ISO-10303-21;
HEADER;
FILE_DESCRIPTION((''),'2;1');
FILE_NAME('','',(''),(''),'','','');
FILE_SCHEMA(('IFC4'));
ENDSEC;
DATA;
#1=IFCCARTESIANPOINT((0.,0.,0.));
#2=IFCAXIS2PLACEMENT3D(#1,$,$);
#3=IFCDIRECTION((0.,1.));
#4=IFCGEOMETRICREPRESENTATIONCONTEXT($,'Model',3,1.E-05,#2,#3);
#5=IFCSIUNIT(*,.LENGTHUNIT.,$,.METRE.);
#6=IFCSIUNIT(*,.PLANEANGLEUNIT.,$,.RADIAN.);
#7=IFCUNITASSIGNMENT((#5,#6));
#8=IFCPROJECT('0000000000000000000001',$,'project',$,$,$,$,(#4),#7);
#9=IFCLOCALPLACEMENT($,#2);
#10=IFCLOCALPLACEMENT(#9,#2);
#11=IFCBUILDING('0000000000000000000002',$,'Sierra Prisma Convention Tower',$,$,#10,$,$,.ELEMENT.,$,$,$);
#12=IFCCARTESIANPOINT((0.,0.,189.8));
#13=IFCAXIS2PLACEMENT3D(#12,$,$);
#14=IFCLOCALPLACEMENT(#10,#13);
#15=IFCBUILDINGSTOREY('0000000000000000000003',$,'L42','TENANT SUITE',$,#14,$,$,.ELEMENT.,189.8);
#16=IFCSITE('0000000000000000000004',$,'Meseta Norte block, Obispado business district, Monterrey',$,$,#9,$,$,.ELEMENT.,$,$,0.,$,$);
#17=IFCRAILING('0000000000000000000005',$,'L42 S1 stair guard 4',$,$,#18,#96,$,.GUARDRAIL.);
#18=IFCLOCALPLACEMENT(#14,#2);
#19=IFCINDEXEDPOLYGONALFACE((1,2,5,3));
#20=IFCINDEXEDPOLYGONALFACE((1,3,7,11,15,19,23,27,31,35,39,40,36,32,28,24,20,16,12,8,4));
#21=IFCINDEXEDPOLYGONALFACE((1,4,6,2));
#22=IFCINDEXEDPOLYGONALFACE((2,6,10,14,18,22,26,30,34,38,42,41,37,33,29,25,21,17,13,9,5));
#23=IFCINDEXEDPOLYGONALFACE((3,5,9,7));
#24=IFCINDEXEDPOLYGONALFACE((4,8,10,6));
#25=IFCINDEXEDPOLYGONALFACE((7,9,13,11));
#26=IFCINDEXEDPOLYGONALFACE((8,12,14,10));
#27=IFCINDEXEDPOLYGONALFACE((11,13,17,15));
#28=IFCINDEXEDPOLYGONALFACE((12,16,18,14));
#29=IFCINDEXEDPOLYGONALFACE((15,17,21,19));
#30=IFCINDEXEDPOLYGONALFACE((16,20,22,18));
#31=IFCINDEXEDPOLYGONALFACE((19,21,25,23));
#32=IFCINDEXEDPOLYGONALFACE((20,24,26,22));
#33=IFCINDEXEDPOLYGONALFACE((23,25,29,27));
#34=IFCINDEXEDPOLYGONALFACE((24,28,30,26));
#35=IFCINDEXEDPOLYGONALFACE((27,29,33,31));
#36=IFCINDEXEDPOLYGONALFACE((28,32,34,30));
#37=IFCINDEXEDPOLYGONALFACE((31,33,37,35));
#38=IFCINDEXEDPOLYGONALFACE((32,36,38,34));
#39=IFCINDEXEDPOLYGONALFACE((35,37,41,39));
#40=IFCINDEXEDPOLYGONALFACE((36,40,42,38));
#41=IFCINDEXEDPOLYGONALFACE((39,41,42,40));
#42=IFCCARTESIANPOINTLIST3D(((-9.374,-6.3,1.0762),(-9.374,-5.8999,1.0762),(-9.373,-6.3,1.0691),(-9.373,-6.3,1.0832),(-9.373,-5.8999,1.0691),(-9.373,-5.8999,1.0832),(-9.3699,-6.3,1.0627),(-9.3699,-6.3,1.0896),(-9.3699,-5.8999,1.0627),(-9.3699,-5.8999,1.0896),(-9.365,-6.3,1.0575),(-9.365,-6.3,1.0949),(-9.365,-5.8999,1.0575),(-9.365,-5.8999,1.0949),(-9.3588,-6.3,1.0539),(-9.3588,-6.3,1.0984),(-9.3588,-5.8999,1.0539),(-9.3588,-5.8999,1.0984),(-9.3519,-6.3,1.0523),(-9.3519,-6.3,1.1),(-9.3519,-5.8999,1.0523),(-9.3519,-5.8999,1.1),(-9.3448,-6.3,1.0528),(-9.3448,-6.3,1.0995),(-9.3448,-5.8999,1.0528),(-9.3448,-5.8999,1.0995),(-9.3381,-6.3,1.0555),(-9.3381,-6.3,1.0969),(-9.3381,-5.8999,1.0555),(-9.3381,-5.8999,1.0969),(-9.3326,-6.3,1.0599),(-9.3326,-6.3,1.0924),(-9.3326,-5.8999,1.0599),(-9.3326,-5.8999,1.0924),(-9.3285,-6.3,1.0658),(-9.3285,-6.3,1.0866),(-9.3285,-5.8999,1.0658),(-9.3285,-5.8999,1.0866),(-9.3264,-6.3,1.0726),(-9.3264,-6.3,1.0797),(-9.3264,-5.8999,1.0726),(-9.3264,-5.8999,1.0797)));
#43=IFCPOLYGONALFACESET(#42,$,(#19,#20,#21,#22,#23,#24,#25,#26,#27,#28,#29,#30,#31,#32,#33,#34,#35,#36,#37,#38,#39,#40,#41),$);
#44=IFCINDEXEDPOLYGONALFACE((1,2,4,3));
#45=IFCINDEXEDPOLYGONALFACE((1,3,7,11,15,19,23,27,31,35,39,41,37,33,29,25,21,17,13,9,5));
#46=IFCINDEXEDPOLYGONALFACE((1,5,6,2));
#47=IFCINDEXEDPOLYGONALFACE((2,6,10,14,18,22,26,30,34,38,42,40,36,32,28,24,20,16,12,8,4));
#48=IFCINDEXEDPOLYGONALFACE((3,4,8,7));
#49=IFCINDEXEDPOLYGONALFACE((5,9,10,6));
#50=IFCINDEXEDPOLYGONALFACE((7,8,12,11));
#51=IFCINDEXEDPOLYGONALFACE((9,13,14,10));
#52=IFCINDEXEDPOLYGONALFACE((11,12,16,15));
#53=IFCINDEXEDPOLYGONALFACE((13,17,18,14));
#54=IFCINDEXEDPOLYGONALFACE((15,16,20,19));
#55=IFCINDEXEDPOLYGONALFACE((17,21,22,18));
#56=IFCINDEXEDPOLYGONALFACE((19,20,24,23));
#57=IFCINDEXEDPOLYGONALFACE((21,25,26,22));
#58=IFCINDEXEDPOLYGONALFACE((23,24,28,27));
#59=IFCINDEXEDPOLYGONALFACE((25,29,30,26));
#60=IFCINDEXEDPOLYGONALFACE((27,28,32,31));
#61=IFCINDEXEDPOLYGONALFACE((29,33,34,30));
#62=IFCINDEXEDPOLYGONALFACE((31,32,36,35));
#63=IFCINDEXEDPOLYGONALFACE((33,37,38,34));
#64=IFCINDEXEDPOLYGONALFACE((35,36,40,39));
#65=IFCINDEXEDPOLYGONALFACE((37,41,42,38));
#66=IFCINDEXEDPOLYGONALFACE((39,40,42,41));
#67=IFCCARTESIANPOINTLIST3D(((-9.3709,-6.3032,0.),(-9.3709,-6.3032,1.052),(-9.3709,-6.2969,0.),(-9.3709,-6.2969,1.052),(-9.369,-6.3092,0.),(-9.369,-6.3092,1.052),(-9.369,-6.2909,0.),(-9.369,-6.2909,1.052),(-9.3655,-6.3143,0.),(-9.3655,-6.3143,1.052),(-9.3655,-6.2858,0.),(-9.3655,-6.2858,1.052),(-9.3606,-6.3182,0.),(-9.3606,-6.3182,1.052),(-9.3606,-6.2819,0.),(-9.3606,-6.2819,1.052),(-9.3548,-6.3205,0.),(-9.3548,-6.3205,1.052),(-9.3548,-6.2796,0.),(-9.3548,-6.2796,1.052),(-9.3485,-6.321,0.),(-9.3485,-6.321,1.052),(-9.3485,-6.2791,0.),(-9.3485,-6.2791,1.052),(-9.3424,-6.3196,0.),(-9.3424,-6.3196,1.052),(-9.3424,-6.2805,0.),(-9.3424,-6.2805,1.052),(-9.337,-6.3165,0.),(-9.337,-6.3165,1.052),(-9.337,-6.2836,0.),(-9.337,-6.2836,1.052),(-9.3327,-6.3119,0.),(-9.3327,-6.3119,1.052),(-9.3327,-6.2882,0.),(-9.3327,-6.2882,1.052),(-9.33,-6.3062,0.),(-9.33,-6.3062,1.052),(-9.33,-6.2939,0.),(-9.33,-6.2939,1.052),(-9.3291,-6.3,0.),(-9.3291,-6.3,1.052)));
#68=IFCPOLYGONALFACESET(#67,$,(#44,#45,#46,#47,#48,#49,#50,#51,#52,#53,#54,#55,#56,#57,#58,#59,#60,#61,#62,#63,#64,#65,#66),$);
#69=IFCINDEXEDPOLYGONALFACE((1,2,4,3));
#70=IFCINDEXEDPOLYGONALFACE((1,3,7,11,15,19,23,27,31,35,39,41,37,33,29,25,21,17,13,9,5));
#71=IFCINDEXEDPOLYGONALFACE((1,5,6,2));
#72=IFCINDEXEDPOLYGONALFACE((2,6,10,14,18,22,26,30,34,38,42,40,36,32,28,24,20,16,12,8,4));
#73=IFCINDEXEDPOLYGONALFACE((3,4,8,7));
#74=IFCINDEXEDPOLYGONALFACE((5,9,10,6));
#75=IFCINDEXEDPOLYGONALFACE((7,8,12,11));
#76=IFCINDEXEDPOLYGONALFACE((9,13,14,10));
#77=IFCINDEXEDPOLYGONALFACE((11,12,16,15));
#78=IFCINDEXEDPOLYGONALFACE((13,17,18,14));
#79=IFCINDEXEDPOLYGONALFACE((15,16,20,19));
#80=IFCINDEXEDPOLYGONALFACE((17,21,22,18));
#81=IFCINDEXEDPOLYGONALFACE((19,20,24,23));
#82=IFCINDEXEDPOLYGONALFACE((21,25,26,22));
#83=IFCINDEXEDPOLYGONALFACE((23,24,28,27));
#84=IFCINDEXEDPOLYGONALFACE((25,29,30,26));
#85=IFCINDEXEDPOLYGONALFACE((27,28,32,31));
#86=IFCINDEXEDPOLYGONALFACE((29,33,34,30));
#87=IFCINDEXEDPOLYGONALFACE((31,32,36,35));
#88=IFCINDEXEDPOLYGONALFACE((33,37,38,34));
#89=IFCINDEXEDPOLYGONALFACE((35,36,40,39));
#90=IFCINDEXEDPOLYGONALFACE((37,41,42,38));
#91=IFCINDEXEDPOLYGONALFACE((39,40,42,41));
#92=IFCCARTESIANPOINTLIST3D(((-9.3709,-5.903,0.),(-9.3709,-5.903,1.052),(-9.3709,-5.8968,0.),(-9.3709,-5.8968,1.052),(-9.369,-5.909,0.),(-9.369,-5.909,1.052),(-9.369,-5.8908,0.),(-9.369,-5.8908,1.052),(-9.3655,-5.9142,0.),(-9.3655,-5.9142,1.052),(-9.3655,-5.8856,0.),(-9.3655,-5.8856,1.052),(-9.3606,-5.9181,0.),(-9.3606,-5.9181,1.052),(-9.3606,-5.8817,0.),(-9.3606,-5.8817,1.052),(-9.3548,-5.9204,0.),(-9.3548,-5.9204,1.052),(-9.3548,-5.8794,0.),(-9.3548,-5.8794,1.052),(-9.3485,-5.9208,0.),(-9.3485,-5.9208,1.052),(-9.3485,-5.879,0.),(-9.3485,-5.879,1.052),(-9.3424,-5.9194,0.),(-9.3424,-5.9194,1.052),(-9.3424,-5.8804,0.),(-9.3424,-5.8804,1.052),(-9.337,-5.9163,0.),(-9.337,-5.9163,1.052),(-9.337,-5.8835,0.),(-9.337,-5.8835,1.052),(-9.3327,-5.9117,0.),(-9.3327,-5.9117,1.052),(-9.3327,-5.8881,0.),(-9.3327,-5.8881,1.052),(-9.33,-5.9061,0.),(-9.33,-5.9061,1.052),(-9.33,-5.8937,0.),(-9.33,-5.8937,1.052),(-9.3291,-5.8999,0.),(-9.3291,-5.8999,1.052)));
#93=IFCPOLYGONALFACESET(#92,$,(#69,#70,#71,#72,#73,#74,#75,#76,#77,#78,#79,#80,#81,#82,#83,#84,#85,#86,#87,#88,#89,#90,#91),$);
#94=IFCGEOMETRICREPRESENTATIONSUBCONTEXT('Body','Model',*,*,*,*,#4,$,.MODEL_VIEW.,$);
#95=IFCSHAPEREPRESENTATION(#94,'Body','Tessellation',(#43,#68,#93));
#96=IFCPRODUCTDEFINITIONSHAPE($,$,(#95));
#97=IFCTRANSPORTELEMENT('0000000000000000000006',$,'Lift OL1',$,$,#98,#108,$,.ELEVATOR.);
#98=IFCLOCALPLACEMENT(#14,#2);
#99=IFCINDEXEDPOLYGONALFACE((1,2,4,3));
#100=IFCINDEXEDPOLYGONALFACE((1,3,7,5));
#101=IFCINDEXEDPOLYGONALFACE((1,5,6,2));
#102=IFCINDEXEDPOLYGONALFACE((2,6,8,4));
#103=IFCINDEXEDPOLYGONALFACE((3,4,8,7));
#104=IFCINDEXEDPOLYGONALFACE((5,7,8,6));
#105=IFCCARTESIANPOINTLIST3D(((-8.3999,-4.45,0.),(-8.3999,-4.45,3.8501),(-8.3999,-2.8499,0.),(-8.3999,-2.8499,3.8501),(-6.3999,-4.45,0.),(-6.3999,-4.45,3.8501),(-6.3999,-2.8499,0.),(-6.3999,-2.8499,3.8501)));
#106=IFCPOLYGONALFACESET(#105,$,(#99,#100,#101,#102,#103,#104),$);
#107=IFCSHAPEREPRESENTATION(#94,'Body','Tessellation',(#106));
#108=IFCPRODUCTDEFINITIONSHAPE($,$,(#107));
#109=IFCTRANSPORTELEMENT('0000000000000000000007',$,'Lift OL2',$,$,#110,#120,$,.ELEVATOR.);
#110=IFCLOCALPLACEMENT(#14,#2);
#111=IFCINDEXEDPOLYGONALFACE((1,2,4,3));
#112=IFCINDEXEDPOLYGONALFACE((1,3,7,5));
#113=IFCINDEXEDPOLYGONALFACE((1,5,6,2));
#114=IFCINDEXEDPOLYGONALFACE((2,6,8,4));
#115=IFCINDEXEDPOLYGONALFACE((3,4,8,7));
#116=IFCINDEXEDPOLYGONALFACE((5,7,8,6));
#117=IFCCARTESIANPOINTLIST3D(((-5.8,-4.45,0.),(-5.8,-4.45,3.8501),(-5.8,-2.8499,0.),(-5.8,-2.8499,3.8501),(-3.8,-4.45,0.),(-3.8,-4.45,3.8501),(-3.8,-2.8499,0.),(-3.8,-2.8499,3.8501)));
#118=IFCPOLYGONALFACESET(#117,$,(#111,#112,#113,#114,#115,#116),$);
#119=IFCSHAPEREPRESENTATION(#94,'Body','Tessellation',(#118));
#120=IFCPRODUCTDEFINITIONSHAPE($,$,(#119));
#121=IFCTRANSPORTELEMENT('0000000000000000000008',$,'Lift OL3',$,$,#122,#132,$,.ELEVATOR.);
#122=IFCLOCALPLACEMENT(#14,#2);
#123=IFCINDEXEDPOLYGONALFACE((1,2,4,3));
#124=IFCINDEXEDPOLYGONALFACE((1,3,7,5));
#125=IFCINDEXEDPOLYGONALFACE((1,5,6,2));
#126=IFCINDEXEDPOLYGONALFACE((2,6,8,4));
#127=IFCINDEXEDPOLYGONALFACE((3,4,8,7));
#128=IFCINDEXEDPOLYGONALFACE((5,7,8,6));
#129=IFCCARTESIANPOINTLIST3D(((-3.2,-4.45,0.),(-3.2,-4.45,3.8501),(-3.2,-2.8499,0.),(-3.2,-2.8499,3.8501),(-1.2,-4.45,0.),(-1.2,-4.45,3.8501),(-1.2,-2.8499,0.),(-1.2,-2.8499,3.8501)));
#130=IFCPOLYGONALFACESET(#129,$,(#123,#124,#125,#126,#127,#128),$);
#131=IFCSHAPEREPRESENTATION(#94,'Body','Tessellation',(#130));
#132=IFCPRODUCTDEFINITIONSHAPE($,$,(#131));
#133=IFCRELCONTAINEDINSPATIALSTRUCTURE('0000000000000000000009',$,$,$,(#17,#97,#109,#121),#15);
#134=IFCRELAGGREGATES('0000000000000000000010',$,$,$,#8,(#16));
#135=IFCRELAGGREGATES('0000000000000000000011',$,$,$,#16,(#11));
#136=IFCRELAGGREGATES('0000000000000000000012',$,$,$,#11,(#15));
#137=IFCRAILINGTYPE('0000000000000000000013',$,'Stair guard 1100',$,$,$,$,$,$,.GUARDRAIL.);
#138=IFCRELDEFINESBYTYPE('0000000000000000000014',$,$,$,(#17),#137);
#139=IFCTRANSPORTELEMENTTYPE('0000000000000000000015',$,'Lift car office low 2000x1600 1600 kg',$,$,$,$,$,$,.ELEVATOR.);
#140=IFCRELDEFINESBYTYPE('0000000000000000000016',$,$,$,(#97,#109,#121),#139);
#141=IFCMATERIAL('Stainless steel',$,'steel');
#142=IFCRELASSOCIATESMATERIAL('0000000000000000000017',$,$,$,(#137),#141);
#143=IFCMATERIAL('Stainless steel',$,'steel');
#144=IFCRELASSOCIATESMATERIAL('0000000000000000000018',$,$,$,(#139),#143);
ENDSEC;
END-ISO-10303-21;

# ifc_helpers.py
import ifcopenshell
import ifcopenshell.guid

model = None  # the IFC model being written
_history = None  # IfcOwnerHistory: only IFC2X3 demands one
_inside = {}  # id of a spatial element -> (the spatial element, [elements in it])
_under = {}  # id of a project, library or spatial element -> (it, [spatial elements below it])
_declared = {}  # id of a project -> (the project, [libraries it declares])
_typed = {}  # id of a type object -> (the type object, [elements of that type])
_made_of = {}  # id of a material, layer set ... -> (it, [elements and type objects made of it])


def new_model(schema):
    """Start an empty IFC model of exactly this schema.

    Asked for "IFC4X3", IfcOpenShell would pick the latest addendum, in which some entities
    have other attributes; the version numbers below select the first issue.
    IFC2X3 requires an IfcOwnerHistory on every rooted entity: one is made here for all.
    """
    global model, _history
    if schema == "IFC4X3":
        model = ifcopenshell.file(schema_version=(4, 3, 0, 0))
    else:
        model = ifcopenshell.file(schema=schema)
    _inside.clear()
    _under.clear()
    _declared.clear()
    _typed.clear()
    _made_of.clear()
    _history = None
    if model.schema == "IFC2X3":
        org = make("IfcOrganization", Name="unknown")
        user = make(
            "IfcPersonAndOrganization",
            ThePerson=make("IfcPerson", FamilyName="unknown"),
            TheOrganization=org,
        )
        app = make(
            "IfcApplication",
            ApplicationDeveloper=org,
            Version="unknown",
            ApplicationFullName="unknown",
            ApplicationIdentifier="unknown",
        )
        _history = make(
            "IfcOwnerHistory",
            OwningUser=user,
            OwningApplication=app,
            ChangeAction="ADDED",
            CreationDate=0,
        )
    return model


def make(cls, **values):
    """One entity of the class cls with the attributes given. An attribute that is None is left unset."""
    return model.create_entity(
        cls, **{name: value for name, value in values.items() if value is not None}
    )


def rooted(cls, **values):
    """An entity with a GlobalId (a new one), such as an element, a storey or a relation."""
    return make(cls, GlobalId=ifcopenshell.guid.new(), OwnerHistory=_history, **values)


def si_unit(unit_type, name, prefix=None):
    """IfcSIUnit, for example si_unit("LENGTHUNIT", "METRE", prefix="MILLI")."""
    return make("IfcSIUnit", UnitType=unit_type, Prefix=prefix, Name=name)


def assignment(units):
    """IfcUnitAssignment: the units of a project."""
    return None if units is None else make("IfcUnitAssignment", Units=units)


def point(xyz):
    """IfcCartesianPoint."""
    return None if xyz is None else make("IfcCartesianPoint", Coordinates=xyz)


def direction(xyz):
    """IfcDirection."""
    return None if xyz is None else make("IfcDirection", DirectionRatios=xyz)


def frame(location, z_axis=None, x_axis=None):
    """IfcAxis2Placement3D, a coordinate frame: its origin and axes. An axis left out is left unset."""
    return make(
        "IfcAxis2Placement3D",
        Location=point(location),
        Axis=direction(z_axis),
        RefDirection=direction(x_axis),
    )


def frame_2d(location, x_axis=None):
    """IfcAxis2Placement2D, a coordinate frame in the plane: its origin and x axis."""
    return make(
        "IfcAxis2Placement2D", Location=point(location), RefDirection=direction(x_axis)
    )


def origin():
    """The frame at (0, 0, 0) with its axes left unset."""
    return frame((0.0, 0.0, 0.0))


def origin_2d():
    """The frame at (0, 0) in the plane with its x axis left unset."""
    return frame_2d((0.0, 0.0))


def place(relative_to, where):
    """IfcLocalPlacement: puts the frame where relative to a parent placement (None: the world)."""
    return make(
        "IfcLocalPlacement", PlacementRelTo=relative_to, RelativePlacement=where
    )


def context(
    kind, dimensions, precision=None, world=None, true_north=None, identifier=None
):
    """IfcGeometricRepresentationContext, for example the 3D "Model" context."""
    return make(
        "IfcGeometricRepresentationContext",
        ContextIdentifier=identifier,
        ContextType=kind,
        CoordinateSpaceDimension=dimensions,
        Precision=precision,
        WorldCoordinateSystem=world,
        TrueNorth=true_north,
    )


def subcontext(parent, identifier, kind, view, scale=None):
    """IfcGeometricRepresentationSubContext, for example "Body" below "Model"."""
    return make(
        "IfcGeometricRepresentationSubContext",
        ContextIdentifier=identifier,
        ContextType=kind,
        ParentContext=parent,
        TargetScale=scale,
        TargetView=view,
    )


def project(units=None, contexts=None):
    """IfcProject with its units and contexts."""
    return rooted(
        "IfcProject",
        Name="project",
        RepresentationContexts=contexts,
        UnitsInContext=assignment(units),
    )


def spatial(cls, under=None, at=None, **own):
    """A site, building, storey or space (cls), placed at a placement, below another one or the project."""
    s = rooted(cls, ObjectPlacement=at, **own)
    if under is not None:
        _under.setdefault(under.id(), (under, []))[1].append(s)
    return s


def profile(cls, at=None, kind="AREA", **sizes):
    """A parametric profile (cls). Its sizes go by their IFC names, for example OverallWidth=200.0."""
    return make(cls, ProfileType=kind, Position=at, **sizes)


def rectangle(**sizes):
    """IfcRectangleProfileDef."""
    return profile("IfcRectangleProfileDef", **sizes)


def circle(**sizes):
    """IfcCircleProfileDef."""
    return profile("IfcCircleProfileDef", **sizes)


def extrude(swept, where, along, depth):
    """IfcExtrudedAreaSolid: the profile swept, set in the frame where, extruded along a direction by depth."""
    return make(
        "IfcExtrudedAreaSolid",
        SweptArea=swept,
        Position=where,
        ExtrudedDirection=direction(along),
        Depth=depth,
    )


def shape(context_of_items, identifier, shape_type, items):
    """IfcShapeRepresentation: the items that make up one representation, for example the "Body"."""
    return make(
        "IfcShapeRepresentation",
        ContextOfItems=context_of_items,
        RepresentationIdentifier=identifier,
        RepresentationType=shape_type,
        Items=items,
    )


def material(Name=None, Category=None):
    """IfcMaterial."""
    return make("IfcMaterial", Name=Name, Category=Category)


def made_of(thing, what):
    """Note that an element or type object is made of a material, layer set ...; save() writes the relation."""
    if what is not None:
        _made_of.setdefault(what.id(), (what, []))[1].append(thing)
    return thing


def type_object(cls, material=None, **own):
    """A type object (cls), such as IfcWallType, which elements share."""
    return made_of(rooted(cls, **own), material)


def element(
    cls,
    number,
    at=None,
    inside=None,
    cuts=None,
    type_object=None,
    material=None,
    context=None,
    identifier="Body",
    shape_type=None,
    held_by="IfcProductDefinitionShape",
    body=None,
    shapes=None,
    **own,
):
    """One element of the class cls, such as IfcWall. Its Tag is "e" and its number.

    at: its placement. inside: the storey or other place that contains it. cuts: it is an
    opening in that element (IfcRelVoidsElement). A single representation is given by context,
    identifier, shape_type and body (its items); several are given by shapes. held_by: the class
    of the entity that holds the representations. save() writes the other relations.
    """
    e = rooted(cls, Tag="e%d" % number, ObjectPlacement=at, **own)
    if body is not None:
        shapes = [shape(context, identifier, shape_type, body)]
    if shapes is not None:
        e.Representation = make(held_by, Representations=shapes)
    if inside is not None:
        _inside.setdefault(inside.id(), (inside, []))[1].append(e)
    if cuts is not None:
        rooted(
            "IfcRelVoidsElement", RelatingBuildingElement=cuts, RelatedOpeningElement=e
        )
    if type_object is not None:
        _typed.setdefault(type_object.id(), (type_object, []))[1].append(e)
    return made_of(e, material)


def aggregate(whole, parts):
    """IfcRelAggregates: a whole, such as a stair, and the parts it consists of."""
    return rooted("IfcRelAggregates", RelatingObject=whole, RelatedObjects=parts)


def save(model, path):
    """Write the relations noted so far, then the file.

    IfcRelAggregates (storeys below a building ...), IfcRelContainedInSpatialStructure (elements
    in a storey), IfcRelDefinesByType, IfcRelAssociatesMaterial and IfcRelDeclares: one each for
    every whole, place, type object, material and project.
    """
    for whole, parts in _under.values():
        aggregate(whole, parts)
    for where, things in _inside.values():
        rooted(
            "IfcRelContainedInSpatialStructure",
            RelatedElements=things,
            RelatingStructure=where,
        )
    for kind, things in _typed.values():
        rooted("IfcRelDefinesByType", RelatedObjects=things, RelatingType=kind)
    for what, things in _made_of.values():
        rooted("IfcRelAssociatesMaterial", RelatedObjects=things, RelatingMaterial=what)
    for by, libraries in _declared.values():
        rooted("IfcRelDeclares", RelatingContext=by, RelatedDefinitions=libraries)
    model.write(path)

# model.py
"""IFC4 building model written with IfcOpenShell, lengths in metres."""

from ifc_helpers import new_model, si_unit, direction, frame, origin, origin_2d, place, context, subcontext, project, spatial, rectangle, circle, extrude, material, type_object, element, save


model = new_model("IFC4")

# Units and contexts
model_context = context("Model", 3, precision=1e-05, world=origin(), true_north=direction((0.0, 1.0)))
body_context = subcontext(model_context, "Body", "Model", "MODEL_VIEW")
ifc_project = project(units=[si_unit("LENGTHUNIT", "METRE"), si_unit("PLANEANGLEUNIT", "RADIAN")], contexts=[model_context])

# Site, building, storey
site_placement = place(None, origin())
site = spatial("IfcSite", under=ifc_project, at=site_placement, Name="Meseta Norte block, Obispado business district, Monterrey", CompositionType="ELEMENT", RefElevation=0.0)
building_placement = place(site_placement, origin())
building = spatial("IfcBuilding", under=site, at=building_placement, Name="Sierra Prisma Convention Tower", CompositionType="ELEMENT")
storey_placement = place(building_placement, frame((0.0, 0.0, 189.8)))
storey = spatial("IfcBuildingStorey", under=building, at=storey_placement, Name="L42", Description="TENANT SUITE", CompositionType="ELEMENT", Elevation=189.8)

# Railing
ifc_material_1 = material(Name="Stainless steel", Category="steel")
railing_type_1 = type_object("IfcRailingType", Name="Stair guard 1100", PredefinedType="GUARDRAIL", material=ifc_material_1)
railing_1_placement = place(storey_placement, frame((-9.3501, -6.3, 0.0)))
element("IfcRailing", 1, at=railing_1_placement, inside=storey, type_object=railing_type_1, Name="L42 S1 stair guard 4", PredefinedType="GUARDRAIL", context=body_context, shape_type="SweptSolid", body=[
    extrude(circle(Radius=0.0239, at=origin_2d()), frame((0.0, 0.0, 1.0762), z_axis=(0.0, 1.0, 0.0), x_axis=(-1.0, 0.0, 0.0)), (0.0, 0.0, 1.0), 0.4001),
    extrude(circle(Radius=0.021, at=origin_2d()), origin(), (0.0, 0.0, 1.0), 1.052),
    extrude(circle(Radius=0.021, at=origin_2d()), frame((0.0, 0.4001, 0.0)), (0.0, 0.0, 1.0), 1.052),
])

# Transport elements
ifc_material_2 = material(Name="Stainless steel", Category="steel")
transport_element_type = type_object("IfcTransportElementType", Name="Lift car office low 2000x1600 1600 kg", PredefinedType="ELEVATOR", material=ifc_material_2)
for number, where, z_axis, x_axis, name in (
    (2, (-7.3999, -3.6499, 0.0), (0.0, 0.0, 1.0), (1.0, 0.0, 0.0), "Lift OL1"),
    (3, (-4.8, -3.6499, 0.0), (0.0, 0.0, 1.0), (1.0, 0.0, 0.0), "Lift OL2"),
    (4, (-2.2, -3.6499, 0.0), (0.0, 0.0, 1.0), (1.0, 0.0, 0.0), "Lift OL3"),
):
    element("IfcTransportElement", number, at=place(storey_placement, frame(where, z_axis=z_axis, x_axis=x_axis)), inside=storey, type_object=transport_element_type, Name=name, PredefinedType="ELEVATOR", context=body_context, shape_type="SweptSolid", body=[
        extrude(rectangle(XDim=2.0, YDim=1.6001, at=origin_2d()), origin(), (0.0, 0.0, 1.0), 3.8501),
    ])

save(model, "model.ifc")
